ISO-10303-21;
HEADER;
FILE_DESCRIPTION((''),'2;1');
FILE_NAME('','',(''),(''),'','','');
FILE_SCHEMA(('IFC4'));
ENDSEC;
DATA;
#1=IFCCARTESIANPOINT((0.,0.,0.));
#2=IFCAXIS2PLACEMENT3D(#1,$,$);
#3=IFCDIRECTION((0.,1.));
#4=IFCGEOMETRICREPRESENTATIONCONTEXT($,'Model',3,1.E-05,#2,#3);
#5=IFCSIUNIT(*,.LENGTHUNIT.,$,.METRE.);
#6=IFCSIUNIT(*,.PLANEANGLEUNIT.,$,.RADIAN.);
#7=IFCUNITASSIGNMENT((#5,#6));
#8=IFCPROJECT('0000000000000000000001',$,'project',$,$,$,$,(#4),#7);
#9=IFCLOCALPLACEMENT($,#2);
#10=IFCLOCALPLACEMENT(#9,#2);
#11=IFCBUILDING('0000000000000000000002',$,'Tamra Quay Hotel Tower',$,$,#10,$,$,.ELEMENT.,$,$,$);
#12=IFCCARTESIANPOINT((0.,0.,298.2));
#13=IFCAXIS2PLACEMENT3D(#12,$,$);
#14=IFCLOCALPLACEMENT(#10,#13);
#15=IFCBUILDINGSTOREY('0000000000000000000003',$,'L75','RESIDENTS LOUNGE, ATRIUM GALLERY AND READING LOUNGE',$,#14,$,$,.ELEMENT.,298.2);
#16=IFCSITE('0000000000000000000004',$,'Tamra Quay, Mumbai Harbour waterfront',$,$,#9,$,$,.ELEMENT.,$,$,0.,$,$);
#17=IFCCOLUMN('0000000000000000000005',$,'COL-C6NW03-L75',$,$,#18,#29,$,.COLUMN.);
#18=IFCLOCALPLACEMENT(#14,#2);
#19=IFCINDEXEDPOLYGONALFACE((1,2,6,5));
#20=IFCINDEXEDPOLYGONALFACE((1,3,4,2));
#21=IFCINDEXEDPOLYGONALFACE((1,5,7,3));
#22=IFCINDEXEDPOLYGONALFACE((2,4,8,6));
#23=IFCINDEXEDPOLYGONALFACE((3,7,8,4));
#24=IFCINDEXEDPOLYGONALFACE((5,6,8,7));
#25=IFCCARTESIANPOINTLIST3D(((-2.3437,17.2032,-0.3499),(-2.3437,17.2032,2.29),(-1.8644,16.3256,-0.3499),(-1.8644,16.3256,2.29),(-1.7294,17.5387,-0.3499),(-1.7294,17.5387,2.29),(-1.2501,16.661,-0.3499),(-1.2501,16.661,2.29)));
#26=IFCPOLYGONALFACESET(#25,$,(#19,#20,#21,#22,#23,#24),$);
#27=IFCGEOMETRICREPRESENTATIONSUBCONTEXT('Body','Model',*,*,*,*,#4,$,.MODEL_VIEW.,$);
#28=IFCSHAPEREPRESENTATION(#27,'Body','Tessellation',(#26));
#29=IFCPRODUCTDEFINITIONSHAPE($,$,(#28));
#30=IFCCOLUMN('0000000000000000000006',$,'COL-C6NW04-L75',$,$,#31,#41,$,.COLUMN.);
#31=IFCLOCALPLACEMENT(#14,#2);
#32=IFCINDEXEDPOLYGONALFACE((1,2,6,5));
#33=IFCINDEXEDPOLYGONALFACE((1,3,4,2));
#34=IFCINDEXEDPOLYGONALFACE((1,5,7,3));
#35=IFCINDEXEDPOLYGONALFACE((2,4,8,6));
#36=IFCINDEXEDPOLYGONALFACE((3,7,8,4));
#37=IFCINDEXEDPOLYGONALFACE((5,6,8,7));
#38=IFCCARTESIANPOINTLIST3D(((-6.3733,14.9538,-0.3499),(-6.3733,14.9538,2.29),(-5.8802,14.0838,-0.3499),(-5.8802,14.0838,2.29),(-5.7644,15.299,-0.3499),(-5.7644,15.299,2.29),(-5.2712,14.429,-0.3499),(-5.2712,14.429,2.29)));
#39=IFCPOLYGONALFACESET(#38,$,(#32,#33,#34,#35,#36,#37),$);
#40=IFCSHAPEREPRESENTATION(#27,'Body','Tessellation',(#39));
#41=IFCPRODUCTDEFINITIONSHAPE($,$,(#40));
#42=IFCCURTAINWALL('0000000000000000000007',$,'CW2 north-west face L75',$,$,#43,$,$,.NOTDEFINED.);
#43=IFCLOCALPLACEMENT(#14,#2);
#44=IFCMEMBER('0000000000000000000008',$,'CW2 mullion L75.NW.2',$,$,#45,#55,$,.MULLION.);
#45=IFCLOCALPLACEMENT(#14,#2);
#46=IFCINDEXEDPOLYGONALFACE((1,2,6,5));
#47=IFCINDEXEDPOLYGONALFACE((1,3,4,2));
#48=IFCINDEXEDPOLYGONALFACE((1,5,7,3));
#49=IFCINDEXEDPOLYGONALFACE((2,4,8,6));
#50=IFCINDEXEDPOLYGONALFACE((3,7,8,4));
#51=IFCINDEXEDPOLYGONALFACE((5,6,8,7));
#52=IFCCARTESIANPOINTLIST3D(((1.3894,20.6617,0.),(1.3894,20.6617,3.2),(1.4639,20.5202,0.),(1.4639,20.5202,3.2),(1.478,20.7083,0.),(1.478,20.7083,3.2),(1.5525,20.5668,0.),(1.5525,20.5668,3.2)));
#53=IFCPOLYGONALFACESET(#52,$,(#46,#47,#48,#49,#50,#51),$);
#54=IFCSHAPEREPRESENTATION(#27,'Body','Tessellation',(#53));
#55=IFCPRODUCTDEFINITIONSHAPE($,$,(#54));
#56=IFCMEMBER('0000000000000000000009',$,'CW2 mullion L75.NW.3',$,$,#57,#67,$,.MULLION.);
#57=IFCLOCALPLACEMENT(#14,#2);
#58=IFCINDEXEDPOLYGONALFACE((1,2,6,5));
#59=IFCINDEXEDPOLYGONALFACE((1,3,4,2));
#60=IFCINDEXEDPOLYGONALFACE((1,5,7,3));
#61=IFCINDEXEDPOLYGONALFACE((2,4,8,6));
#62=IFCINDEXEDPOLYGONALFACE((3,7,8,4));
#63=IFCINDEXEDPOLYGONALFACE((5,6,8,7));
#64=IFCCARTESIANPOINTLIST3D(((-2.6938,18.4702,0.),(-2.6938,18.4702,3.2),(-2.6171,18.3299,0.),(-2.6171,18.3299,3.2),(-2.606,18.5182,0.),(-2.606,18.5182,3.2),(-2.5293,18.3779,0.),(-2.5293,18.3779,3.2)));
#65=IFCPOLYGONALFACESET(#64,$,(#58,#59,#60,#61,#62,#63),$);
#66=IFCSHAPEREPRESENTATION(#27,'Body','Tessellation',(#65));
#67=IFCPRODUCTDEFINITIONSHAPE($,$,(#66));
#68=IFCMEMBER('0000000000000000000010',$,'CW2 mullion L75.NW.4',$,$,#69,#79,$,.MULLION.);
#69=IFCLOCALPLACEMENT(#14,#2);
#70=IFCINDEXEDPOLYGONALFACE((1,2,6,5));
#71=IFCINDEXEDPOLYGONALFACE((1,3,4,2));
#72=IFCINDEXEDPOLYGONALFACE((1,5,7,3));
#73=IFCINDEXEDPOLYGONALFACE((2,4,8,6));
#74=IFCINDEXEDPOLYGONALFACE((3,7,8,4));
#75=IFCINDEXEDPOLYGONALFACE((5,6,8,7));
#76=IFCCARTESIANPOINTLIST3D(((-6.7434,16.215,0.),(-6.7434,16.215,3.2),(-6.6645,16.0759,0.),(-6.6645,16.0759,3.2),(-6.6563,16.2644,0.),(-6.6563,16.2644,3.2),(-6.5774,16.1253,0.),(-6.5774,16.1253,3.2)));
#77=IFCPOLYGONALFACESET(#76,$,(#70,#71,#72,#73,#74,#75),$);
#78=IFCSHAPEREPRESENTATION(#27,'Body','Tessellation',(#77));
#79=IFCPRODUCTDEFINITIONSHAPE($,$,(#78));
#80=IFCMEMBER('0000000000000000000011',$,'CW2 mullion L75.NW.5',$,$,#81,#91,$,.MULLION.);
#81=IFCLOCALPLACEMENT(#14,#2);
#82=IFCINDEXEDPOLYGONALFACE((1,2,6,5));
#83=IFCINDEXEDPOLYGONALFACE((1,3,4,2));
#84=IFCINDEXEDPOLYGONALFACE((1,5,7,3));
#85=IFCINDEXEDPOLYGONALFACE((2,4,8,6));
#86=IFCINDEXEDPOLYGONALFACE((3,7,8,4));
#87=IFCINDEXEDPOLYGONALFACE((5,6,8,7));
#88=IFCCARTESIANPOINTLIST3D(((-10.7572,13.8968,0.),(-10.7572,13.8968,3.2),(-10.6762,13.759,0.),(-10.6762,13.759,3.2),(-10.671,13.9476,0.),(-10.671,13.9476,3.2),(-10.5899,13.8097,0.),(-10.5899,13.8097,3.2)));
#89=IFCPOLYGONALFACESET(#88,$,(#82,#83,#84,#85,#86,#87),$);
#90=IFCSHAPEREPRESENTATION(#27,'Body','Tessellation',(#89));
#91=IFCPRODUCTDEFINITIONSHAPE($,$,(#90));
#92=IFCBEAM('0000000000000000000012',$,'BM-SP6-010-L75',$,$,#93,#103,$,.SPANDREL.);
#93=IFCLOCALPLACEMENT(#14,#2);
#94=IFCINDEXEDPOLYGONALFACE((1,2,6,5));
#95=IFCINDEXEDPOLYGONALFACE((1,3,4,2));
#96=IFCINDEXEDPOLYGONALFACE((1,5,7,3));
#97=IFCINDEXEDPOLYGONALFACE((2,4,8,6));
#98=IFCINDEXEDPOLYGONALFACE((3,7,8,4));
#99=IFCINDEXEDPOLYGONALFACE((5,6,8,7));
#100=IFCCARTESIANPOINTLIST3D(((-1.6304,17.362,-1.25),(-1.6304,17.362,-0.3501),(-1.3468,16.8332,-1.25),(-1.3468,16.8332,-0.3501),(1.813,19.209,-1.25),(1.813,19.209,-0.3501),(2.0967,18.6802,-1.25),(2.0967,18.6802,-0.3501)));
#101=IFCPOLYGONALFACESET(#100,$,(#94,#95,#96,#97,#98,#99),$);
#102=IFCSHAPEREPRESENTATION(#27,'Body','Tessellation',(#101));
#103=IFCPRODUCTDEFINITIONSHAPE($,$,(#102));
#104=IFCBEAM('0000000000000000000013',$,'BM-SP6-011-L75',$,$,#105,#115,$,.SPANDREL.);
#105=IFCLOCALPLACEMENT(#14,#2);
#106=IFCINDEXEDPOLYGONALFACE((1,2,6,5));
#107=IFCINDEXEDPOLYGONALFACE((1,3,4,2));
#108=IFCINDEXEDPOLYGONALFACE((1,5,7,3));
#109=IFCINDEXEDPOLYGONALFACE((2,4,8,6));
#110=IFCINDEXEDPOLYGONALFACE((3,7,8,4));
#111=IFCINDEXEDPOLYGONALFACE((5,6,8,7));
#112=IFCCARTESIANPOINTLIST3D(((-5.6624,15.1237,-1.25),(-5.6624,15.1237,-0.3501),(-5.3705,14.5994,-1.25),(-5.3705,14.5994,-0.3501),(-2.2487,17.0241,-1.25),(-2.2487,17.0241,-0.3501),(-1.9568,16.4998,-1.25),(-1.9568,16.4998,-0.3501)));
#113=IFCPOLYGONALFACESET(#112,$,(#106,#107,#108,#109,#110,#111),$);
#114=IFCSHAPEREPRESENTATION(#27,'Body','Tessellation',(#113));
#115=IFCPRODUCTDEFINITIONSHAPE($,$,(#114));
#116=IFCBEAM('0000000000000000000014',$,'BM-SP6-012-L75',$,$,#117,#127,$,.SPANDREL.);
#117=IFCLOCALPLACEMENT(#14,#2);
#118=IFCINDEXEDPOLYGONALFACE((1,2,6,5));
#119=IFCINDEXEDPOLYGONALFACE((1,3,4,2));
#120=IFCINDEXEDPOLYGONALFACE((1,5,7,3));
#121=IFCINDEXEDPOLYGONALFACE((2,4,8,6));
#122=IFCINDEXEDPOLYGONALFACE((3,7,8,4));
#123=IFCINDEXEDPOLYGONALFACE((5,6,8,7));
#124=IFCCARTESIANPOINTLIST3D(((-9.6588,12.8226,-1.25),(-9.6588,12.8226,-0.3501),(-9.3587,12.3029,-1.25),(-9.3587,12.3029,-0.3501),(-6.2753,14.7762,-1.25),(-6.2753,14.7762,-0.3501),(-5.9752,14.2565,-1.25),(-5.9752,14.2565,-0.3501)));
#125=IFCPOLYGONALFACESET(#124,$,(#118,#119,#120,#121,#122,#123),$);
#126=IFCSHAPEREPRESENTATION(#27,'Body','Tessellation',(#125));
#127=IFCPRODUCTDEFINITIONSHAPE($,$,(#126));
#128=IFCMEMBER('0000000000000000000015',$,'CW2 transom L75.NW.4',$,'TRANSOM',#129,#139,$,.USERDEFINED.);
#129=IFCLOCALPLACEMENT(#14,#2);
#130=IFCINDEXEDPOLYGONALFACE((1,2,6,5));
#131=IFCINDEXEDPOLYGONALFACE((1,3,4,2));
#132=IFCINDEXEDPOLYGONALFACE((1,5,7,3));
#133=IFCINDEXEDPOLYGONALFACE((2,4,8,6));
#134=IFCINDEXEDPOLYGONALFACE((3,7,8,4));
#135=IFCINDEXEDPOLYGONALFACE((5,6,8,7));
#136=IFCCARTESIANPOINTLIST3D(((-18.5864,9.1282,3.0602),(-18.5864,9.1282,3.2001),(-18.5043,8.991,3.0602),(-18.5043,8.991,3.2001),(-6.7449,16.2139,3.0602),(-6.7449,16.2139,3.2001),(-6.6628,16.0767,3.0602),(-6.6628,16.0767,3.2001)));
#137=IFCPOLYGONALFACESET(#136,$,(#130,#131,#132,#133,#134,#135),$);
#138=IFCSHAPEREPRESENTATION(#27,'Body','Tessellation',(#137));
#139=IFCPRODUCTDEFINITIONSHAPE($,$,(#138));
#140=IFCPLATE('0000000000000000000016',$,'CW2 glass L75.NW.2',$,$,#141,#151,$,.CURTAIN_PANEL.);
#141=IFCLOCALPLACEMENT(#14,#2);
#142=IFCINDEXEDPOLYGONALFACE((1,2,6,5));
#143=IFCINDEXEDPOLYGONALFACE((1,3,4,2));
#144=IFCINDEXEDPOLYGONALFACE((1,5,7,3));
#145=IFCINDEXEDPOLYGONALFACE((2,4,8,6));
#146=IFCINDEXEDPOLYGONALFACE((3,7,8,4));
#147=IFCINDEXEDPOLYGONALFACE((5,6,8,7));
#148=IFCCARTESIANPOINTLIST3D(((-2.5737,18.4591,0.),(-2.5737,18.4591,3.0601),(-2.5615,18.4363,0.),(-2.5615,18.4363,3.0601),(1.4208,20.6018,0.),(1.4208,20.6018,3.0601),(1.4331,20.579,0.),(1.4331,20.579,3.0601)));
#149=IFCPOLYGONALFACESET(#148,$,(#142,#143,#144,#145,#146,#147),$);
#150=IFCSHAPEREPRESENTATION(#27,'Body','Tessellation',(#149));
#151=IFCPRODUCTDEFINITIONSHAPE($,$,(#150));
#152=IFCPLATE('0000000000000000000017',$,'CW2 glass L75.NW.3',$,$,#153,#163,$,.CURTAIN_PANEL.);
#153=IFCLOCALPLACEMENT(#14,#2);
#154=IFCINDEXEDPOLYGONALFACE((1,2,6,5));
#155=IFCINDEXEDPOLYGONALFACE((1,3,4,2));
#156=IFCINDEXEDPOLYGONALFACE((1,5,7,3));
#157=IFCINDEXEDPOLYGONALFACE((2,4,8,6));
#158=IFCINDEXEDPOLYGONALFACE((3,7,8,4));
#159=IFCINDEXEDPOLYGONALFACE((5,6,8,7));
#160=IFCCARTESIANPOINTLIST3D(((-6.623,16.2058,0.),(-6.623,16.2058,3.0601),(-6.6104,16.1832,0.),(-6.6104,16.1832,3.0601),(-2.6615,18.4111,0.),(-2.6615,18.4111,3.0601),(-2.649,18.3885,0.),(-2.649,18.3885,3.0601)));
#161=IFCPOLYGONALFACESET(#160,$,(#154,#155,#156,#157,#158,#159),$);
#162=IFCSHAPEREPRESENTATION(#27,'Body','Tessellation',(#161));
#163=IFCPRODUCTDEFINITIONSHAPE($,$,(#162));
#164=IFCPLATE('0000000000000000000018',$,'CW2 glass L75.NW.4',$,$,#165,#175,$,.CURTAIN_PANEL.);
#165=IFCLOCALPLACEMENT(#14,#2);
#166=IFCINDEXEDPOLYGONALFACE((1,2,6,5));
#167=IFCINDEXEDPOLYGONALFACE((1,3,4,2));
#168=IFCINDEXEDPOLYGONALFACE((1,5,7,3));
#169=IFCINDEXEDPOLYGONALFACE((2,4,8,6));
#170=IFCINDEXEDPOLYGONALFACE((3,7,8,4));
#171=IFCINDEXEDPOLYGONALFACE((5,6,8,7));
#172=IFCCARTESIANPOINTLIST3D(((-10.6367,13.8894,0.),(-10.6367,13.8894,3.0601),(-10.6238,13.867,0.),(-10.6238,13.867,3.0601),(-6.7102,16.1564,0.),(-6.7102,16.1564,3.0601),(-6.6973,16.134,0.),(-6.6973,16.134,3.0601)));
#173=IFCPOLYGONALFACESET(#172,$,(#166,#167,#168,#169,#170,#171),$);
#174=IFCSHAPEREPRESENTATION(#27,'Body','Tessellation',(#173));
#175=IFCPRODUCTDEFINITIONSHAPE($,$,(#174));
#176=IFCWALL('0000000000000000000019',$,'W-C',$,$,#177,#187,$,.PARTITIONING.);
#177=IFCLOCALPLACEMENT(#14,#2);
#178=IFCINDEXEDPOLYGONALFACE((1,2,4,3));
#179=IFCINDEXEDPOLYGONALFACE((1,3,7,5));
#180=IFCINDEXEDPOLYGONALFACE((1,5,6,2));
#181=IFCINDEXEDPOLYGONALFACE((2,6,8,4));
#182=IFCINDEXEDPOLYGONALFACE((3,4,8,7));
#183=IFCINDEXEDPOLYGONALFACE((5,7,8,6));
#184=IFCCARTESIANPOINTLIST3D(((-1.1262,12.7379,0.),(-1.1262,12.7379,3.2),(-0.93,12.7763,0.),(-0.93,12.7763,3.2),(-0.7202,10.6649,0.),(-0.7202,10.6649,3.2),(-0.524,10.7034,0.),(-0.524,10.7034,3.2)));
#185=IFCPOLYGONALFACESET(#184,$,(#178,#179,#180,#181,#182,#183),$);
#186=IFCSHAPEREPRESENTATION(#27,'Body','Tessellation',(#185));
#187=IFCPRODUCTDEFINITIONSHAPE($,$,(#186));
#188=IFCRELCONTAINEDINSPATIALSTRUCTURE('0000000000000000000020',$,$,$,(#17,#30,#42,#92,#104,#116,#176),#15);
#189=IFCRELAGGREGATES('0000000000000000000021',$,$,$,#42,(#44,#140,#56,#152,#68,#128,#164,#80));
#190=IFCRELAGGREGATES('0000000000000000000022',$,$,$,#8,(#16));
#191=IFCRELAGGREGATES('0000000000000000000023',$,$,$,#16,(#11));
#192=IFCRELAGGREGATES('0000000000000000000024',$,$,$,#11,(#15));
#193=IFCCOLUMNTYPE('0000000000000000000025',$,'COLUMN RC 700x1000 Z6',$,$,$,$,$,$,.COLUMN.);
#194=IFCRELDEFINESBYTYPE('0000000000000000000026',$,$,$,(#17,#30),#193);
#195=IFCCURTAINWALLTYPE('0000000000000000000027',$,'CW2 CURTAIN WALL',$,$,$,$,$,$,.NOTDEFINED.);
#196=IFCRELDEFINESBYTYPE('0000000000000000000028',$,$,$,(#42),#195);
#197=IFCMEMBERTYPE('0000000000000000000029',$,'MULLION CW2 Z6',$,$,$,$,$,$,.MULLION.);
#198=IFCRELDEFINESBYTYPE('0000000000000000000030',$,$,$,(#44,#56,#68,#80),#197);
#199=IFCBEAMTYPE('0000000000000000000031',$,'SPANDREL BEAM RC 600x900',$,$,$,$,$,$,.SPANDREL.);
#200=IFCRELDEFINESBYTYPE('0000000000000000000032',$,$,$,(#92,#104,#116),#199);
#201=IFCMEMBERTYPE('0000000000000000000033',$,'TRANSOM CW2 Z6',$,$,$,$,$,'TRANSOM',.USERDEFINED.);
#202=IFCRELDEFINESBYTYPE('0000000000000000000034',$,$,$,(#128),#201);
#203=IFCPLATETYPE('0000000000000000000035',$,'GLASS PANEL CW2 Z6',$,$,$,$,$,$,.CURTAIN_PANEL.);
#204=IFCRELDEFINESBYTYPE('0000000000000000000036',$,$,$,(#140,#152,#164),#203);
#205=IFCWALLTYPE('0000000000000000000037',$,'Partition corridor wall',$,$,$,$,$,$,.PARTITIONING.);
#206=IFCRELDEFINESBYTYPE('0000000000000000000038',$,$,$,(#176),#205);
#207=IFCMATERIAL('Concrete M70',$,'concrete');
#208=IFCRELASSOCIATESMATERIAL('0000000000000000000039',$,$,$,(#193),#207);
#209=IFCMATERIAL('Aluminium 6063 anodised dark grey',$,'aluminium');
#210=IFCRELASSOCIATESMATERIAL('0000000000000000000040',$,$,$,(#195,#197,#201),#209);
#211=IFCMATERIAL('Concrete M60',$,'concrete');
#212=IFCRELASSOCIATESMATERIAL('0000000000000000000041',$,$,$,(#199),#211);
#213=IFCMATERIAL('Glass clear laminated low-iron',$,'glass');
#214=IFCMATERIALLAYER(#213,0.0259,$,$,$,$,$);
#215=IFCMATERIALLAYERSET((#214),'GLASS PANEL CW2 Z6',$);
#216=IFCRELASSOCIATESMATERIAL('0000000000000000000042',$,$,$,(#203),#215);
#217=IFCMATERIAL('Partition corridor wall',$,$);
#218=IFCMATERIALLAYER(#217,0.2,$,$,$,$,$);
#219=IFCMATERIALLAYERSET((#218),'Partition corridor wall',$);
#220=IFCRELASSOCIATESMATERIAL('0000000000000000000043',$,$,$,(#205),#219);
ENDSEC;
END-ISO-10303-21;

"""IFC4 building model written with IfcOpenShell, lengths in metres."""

from ifc_helpers import new_model, si_unit, direction, frame, frame_2d, origin, origin_2d, place, context, subcontext, project, spatial, rectangle, extrude, material, layer, layer_set, material_profile, profile_set, type_object, element, aggregate, save


model = new_model("IFC4")

# Units and contexts
model_context = context("Model", 3, precision=1e-05, world=origin(), true_north=direction((0.0, 1.0)))
body_context = subcontext(model_context, "Body", "Model", "MODEL_VIEW")
ifc_project = project(units=[si_unit("LENGTHUNIT", "METRE"), si_unit("PLANEANGLEUNIT", "RADIAN")], contexts=[model_context])

# Site, building, storey
site_placement = place(None, origin())
site = spatial("IfcSite", under=ifc_project, at=site_placement, Name="Tamra Quay, Mumbai Harbour waterfront", CompositionType="ELEMENT", RefElevation=0.0)
building_placement = place(site_placement, origin())
building = spatial("IfcBuilding", under=site, at=building_placement, Name="Tamra Quay Hotel Tower", CompositionType="ELEMENT")
storey_placement = place(building_placement, frame((0.0, 0.0, 298.2)))
storey = spatial("IfcBuildingStorey", under=building, at=storey_placement, Name="L75", Description="RESIDENTS LOUNGE, ATRIUM GALLERY AND READING LOUNGE", CompositionType="ELEMENT", Elevation=298.2)

# Columns
ifc_material_1 = material(Name="Concrete M70", Category="concrete")
ifc_material_profile_1 = material_profile(ifc_material_1, rectangle(XDim=1.0, YDim=0.7, at=origin_2d()), Name="COLUMN RC 700x1000 Z6")
ifc_profile_set_1 = profile_set([ifc_material_profile_1], Name="Concrete M70")
column_type = type_object("IfcColumnType", Name="COLUMN RC 700x1000 Z6", PredefinedType="COLUMN", material=ifc_profile_set_1)
for number, where, z_axis, x_axis, name in (
    (1, (-1.7969, 16.9321, -0.3499), (0.0, 0.0, 1.0), (-0.479288, 0.877658, 0.0), "COL-C6NW03-L75"),
    (2, (-5.8223, 14.6914, -0.3499), (0.0, 0.0, 1.0), (-0.493125, 0.869958, 0.0), "COL-C6NW04-L75"),
):
    element("IfcColumn", number, at=place(storey_placement, frame(where, z_axis=z_axis, x_axis=x_axis)), inside=storey, type_object=column_type, Name=name, PredefinedType="COLUMN", context=body_context, shape_type="SweptSolid", body=[
        extrude(rectangle(XDim=1.0, YDim=0.7, at=origin_2d()), origin(), (0.0, 0.0, 1.0), 2.6399),
    ])

# Curtain wall, members
ifc_material_2 = material(Name="Aluminium 6063 anodised dark grey", Category="aluminium")
curtain_wall_type = type_object("IfcCurtainWallType", Name="CW2 CURTAIN WALL", PredefinedType="NOTDEFINED", material=ifc_material_2)
curtain_wall_placement = place(storey_placement, origin())
curtain_wall = element("IfcCurtainWall", 3, at=curtain_wall_placement, inside=storey, type_object=curtain_wall_type, Name="CW2 north-west face L75", PredefinedType="NOTDEFINED")
ifc_material_profile_2 = material_profile(ifc_material_2, rectangle(XDim=0.1599, YDim=0.1001, at=origin_2d()), Name="MULLION 100X160")
ifc_profile_set_2 = profile_set([ifc_material_profile_2], Name="Aluminium 6063 anodised dark grey")
member_type_1 = type_object("IfcMemberType", Name="MULLION CW2 Z6", PredefinedType="MULLION", material=ifc_profile_set_2)
member_1_placement = place(storey_placement, frame((1.4709, 20.6143, 0.0), z_axis=(0.0, 0.0, 1.0), x_axis=(-0.465816, 0.884882, 0.0)))
member_1 = element("IfcMember", 4, at=member_1_placement, type_object=member_type_1, Name="CW2 mullion L75.NW.2", PredefinedType="MULLION", context=body_context, shape_type="SweptSolid", body=[
    extrude(rectangle(XDim=0.1599, YDim=0.1001, at=origin_2d()), origin(), (0.0, 0.0, 1.0), 3.2),
])
member_2_placement = place(storey_placement, frame((-2.6116, 18.4241, 0.0), z_axis=(0.0, 0.0, 1.0), x_axis=(-0.479565, 0.877506, 0.0)))
member_2 = element("IfcMember", 5, at=member_2_placement, type_object=member_type_1, Name="CW2 mullion L75.NW.3", PredefinedType="MULLION", context=body_context, shape_type="SweptSolid", body=[
    extrude(rectangle(XDim=0.1599, YDim=0.1001, at=origin_2d()), origin(), (0.0, 0.0, 1.0), 3.2),
])
member_3_placement = place(storey_placement, frame((-6.6604, 16.1702, 0.0), z_axis=(0.0, 0.0, 1.0), x_axis=(-0.493215, 0.869907, 0.0)))
member_3 = element("IfcMember", 6, at=member_3_placement, type_object=member_type_1, Name="CW2 mullion L75.NW.4", PredefinedType="MULLION", context=body_context, shape_type="SweptSolid", body=[
    extrude(rectangle(XDim=0.1599, YDim=0.1001, at=origin_2d()), origin(), (0.0, 0.0, 1.0), 3.2),
])
member_4_placement = place(storey_placement, frame((-10.6736, 13.8533, 0.0), z_axis=(0.0, 0.0, 1.0), x_axis=(-0.506754, 0.862091, 0.0)))
member_4 = element("IfcMember", 7, at=member_4_placement, type_object=member_type_1, Name="CW2 mullion L75.NW.5", PredefinedType="MULLION", context=body_context, shape_type="SweptSolid", body=[
    extrude(rectangle(XDim=0.1599, YDim=0.1001, at=origin_2d()), origin(), (0.0, 0.0, 1.0), 3.2),
])

# Beams
ifc_material_3 = material(Name="Concrete M60", Category="concrete")
ifc_material_profile_3 = material_profile(ifc_material_3, rectangle(XDim=0.6001, YDim=0.8999, at=origin_2d()), Name="SPANDREL BEAM RC 600x900")
ifc_profile_set_3 = profile_set([ifc_material_profile_3], Name="Concrete M60")
beam_type = type_object("IfcBeamType", Name="SPANDREL BEAM RC 600x900", PredefinedType="SPANDREL", material=ifc_profile_set_3)
beam_placement = place(storey_placement, frame((1.9548, 18.9446, -0.8), z_axis=(-0.881238, -0.472672, 0.0), x_axis=(0.472672, -0.881238, 0.0)))
element("IfcBeam", 8, at=beam_placement, inside=storey, type_object=beam_type, Name="BM-SP6-010-L75", PredefinedType="SPANDREL", context=body_context, shape_type="SweptSolid", body=[
    extrude(rectangle(XDim=0.6001, YDim=0.8999, at=origin_2d()), origin(), (0.0, 0.0, 1.0), 3.9075),
])
for number, where, z_axis, x_axis, name in (
    (9, (-2.1028, 16.762, -0.8), (-0.873727, -0.486417, 0.0), (0.486417, -0.873727, 0.0), "BM-SP6-011-L75"),
    (10, (-6.1252, 14.5164, -0.8), (-0.866012, -0.500024, 0.0), (0.500024, -0.866012, 0.0), "BM-SP6-012-L75"),
):
    element("IfcBeam", number, at=place(storey_placement, frame(where, z_axis=z_axis, x_axis=x_axis)), inside=storey, type_object=beam_type, Name=name, PredefinedType="SPANDREL", context=body_context, shape_type="SweptSolid", body=[
        extrude(rectangle(XDim=0.6001, YDim=0.8999, at=origin_2d()), origin(), (0.0, 0.0, 1.0), 3.907),
    ])

# Member
ifc_material_profile_4 = material_profile(ifc_material_2, rectangle(XDim=0.1599, YDim=0.1399, at=origin_2d()), Name="TRANSOM 160X140")
ifc_profile_set_4 = profile_set([ifc_material_profile_4], Name="Aluminium 6063 anodised dark grey")
member_type_2 = type_object("IfcMemberType", Name="TRANSOM CW2 Z6", ElementType="TRANSOM", PredefinedType="USERDEFINED", material=ifc_profile_set_4)
member_5_placement = place(storey_placement, frame((-6.7039, 16.1453, 3.1301), z_axis=(-0.858107, -0.51347, 0.0), x_axis=(0.51347, -0.858107, 0.0)))
member_5 = element("IfcMember", 11, at=member_5_placement, type_object=member_type_2, Name="CW2 transom L75.NW.4", ObjectType="TRANSOM", PredefinedType="USERDEFINED", context=body_context, shape_type="SweptSolid", body=[
    extrude(rectangle(XDim=0.1599, YDim=0.1399, at=origin_2d()), origin(), (0.0, 0.0, 1.0), 13.7996),
])

# Plates
ifc_material_4 = material(Name="Glass clear laminated low-iron", Category="glass")
ifc_layer_1 = layer(ifc_material_4, 0.0259)
ifc_layer_set_1 = layer_set([ifc_layer_1], Name="GLASS PANEL CW2 Z6")
plate_type = type_object("IfcPlateType", Name="GLASS PANEL CW2 Z6", PredefinedType="CURTAIN_PANEL", material=ifc_layer_set_1)
plate_1_placement = place(storey_placement, frame((-0.5703, 19.519, 0.0), z_axis=(0.0, 0.0, 1.0), x_axis=(-0.881224, -0.4727, 0.0)))
plate_1 = element("IfcPlate", 12, at=plate_1_placement, type_object=plate_type, Name="CW2 glass L75.NW.2", PredefinedType="CURTAIN_PANEL", context=body_context, shape_type="SweptSolid", body=[
    extrude(rectangle(XDim=4.533, YDim=0.0259, at=origin_2d()), origin(), (0.0, 0.0, 1.0), 3.0601),
])
plate_2_placement = place(storey_placement, frame((-4.636, 17.2971, 0.0), z_axis=(0.0, 0.0, 1.0), x_axis=(-0.873736, -0.486401, 0.0)))
plate_2 = element("IfcPlate", 13, at=plate_2_placement, type_object=plate_type, Name="CW2 glass L75.NW.3", PredefinedType="CURTAIN_PANEL", context=body_context, shape_type="SweptSolid", body=[
    extrude(rectangle(XDim=4.5339, YDim=0.0259, at=origin_2d()), origin(), (0.0, 0.0, 1.0), 3.0601),
])
plate_3_placement = place(storey_placement, frame((-8.667, 15.0117, 0.0), z_axis=(0.0, 0.0, 1.0), x_axis=(-0.866025, -0.5, 0.0)))
plate_3 = element("IfcPlate", 14, at=plate_3_placement, type_object=plate_type, Name="CW2 glass L75.NW.4", PredefinedType="CURTAIN_PANEL", context=body_context, shape_type="SweptSolid", body=[
    extrude(rectangle(XDim=4.5339, YDim=0.0259, at=origin_2d()), origin(), (0.0, 0.0, 1.0), 3.0601),
])
aggregate(curtain_wall, [member_1, plate_1, member_2, plate_2, member_3, member_5, plate_3, member_4])

# Wall
ifc_material_5 = material(Name="Partition corridor wall")
ifc_layer_2 = layer(ifc_material_5, 0.2)
ifc_layer_set_2 = layer_set([ifc_layer_2], Name="Partition corridor wall")
wall_type_1 = type_object("IfcWallType", Name="Partition corridor wall", PredefinedType="PARTITIONING", material=ifc_layer_set_2)
wall_1_placement = place(storey_placement, frame((-1.0281, 12.7571, 0.0), z_axis=(0.0, 0.0, 1.0), x_axis=(0.192203, -0.981355, 0.0)))
element("IfcWall", 15, at=wall_1_placement, inside=storey, type_object=wall_type_1, Name="W-C", PredefinedType="PARTITIONING", context=body_context, shape_type="SweptSolid", body=[
    extrude(rectangle(XDim=2.1123, YDim=0.2, at=frame_2d((1.0562, 0.0))), origin(), (0.0, 0.0, 1.0), 3.2),
])

save(model, "model.ifc")
